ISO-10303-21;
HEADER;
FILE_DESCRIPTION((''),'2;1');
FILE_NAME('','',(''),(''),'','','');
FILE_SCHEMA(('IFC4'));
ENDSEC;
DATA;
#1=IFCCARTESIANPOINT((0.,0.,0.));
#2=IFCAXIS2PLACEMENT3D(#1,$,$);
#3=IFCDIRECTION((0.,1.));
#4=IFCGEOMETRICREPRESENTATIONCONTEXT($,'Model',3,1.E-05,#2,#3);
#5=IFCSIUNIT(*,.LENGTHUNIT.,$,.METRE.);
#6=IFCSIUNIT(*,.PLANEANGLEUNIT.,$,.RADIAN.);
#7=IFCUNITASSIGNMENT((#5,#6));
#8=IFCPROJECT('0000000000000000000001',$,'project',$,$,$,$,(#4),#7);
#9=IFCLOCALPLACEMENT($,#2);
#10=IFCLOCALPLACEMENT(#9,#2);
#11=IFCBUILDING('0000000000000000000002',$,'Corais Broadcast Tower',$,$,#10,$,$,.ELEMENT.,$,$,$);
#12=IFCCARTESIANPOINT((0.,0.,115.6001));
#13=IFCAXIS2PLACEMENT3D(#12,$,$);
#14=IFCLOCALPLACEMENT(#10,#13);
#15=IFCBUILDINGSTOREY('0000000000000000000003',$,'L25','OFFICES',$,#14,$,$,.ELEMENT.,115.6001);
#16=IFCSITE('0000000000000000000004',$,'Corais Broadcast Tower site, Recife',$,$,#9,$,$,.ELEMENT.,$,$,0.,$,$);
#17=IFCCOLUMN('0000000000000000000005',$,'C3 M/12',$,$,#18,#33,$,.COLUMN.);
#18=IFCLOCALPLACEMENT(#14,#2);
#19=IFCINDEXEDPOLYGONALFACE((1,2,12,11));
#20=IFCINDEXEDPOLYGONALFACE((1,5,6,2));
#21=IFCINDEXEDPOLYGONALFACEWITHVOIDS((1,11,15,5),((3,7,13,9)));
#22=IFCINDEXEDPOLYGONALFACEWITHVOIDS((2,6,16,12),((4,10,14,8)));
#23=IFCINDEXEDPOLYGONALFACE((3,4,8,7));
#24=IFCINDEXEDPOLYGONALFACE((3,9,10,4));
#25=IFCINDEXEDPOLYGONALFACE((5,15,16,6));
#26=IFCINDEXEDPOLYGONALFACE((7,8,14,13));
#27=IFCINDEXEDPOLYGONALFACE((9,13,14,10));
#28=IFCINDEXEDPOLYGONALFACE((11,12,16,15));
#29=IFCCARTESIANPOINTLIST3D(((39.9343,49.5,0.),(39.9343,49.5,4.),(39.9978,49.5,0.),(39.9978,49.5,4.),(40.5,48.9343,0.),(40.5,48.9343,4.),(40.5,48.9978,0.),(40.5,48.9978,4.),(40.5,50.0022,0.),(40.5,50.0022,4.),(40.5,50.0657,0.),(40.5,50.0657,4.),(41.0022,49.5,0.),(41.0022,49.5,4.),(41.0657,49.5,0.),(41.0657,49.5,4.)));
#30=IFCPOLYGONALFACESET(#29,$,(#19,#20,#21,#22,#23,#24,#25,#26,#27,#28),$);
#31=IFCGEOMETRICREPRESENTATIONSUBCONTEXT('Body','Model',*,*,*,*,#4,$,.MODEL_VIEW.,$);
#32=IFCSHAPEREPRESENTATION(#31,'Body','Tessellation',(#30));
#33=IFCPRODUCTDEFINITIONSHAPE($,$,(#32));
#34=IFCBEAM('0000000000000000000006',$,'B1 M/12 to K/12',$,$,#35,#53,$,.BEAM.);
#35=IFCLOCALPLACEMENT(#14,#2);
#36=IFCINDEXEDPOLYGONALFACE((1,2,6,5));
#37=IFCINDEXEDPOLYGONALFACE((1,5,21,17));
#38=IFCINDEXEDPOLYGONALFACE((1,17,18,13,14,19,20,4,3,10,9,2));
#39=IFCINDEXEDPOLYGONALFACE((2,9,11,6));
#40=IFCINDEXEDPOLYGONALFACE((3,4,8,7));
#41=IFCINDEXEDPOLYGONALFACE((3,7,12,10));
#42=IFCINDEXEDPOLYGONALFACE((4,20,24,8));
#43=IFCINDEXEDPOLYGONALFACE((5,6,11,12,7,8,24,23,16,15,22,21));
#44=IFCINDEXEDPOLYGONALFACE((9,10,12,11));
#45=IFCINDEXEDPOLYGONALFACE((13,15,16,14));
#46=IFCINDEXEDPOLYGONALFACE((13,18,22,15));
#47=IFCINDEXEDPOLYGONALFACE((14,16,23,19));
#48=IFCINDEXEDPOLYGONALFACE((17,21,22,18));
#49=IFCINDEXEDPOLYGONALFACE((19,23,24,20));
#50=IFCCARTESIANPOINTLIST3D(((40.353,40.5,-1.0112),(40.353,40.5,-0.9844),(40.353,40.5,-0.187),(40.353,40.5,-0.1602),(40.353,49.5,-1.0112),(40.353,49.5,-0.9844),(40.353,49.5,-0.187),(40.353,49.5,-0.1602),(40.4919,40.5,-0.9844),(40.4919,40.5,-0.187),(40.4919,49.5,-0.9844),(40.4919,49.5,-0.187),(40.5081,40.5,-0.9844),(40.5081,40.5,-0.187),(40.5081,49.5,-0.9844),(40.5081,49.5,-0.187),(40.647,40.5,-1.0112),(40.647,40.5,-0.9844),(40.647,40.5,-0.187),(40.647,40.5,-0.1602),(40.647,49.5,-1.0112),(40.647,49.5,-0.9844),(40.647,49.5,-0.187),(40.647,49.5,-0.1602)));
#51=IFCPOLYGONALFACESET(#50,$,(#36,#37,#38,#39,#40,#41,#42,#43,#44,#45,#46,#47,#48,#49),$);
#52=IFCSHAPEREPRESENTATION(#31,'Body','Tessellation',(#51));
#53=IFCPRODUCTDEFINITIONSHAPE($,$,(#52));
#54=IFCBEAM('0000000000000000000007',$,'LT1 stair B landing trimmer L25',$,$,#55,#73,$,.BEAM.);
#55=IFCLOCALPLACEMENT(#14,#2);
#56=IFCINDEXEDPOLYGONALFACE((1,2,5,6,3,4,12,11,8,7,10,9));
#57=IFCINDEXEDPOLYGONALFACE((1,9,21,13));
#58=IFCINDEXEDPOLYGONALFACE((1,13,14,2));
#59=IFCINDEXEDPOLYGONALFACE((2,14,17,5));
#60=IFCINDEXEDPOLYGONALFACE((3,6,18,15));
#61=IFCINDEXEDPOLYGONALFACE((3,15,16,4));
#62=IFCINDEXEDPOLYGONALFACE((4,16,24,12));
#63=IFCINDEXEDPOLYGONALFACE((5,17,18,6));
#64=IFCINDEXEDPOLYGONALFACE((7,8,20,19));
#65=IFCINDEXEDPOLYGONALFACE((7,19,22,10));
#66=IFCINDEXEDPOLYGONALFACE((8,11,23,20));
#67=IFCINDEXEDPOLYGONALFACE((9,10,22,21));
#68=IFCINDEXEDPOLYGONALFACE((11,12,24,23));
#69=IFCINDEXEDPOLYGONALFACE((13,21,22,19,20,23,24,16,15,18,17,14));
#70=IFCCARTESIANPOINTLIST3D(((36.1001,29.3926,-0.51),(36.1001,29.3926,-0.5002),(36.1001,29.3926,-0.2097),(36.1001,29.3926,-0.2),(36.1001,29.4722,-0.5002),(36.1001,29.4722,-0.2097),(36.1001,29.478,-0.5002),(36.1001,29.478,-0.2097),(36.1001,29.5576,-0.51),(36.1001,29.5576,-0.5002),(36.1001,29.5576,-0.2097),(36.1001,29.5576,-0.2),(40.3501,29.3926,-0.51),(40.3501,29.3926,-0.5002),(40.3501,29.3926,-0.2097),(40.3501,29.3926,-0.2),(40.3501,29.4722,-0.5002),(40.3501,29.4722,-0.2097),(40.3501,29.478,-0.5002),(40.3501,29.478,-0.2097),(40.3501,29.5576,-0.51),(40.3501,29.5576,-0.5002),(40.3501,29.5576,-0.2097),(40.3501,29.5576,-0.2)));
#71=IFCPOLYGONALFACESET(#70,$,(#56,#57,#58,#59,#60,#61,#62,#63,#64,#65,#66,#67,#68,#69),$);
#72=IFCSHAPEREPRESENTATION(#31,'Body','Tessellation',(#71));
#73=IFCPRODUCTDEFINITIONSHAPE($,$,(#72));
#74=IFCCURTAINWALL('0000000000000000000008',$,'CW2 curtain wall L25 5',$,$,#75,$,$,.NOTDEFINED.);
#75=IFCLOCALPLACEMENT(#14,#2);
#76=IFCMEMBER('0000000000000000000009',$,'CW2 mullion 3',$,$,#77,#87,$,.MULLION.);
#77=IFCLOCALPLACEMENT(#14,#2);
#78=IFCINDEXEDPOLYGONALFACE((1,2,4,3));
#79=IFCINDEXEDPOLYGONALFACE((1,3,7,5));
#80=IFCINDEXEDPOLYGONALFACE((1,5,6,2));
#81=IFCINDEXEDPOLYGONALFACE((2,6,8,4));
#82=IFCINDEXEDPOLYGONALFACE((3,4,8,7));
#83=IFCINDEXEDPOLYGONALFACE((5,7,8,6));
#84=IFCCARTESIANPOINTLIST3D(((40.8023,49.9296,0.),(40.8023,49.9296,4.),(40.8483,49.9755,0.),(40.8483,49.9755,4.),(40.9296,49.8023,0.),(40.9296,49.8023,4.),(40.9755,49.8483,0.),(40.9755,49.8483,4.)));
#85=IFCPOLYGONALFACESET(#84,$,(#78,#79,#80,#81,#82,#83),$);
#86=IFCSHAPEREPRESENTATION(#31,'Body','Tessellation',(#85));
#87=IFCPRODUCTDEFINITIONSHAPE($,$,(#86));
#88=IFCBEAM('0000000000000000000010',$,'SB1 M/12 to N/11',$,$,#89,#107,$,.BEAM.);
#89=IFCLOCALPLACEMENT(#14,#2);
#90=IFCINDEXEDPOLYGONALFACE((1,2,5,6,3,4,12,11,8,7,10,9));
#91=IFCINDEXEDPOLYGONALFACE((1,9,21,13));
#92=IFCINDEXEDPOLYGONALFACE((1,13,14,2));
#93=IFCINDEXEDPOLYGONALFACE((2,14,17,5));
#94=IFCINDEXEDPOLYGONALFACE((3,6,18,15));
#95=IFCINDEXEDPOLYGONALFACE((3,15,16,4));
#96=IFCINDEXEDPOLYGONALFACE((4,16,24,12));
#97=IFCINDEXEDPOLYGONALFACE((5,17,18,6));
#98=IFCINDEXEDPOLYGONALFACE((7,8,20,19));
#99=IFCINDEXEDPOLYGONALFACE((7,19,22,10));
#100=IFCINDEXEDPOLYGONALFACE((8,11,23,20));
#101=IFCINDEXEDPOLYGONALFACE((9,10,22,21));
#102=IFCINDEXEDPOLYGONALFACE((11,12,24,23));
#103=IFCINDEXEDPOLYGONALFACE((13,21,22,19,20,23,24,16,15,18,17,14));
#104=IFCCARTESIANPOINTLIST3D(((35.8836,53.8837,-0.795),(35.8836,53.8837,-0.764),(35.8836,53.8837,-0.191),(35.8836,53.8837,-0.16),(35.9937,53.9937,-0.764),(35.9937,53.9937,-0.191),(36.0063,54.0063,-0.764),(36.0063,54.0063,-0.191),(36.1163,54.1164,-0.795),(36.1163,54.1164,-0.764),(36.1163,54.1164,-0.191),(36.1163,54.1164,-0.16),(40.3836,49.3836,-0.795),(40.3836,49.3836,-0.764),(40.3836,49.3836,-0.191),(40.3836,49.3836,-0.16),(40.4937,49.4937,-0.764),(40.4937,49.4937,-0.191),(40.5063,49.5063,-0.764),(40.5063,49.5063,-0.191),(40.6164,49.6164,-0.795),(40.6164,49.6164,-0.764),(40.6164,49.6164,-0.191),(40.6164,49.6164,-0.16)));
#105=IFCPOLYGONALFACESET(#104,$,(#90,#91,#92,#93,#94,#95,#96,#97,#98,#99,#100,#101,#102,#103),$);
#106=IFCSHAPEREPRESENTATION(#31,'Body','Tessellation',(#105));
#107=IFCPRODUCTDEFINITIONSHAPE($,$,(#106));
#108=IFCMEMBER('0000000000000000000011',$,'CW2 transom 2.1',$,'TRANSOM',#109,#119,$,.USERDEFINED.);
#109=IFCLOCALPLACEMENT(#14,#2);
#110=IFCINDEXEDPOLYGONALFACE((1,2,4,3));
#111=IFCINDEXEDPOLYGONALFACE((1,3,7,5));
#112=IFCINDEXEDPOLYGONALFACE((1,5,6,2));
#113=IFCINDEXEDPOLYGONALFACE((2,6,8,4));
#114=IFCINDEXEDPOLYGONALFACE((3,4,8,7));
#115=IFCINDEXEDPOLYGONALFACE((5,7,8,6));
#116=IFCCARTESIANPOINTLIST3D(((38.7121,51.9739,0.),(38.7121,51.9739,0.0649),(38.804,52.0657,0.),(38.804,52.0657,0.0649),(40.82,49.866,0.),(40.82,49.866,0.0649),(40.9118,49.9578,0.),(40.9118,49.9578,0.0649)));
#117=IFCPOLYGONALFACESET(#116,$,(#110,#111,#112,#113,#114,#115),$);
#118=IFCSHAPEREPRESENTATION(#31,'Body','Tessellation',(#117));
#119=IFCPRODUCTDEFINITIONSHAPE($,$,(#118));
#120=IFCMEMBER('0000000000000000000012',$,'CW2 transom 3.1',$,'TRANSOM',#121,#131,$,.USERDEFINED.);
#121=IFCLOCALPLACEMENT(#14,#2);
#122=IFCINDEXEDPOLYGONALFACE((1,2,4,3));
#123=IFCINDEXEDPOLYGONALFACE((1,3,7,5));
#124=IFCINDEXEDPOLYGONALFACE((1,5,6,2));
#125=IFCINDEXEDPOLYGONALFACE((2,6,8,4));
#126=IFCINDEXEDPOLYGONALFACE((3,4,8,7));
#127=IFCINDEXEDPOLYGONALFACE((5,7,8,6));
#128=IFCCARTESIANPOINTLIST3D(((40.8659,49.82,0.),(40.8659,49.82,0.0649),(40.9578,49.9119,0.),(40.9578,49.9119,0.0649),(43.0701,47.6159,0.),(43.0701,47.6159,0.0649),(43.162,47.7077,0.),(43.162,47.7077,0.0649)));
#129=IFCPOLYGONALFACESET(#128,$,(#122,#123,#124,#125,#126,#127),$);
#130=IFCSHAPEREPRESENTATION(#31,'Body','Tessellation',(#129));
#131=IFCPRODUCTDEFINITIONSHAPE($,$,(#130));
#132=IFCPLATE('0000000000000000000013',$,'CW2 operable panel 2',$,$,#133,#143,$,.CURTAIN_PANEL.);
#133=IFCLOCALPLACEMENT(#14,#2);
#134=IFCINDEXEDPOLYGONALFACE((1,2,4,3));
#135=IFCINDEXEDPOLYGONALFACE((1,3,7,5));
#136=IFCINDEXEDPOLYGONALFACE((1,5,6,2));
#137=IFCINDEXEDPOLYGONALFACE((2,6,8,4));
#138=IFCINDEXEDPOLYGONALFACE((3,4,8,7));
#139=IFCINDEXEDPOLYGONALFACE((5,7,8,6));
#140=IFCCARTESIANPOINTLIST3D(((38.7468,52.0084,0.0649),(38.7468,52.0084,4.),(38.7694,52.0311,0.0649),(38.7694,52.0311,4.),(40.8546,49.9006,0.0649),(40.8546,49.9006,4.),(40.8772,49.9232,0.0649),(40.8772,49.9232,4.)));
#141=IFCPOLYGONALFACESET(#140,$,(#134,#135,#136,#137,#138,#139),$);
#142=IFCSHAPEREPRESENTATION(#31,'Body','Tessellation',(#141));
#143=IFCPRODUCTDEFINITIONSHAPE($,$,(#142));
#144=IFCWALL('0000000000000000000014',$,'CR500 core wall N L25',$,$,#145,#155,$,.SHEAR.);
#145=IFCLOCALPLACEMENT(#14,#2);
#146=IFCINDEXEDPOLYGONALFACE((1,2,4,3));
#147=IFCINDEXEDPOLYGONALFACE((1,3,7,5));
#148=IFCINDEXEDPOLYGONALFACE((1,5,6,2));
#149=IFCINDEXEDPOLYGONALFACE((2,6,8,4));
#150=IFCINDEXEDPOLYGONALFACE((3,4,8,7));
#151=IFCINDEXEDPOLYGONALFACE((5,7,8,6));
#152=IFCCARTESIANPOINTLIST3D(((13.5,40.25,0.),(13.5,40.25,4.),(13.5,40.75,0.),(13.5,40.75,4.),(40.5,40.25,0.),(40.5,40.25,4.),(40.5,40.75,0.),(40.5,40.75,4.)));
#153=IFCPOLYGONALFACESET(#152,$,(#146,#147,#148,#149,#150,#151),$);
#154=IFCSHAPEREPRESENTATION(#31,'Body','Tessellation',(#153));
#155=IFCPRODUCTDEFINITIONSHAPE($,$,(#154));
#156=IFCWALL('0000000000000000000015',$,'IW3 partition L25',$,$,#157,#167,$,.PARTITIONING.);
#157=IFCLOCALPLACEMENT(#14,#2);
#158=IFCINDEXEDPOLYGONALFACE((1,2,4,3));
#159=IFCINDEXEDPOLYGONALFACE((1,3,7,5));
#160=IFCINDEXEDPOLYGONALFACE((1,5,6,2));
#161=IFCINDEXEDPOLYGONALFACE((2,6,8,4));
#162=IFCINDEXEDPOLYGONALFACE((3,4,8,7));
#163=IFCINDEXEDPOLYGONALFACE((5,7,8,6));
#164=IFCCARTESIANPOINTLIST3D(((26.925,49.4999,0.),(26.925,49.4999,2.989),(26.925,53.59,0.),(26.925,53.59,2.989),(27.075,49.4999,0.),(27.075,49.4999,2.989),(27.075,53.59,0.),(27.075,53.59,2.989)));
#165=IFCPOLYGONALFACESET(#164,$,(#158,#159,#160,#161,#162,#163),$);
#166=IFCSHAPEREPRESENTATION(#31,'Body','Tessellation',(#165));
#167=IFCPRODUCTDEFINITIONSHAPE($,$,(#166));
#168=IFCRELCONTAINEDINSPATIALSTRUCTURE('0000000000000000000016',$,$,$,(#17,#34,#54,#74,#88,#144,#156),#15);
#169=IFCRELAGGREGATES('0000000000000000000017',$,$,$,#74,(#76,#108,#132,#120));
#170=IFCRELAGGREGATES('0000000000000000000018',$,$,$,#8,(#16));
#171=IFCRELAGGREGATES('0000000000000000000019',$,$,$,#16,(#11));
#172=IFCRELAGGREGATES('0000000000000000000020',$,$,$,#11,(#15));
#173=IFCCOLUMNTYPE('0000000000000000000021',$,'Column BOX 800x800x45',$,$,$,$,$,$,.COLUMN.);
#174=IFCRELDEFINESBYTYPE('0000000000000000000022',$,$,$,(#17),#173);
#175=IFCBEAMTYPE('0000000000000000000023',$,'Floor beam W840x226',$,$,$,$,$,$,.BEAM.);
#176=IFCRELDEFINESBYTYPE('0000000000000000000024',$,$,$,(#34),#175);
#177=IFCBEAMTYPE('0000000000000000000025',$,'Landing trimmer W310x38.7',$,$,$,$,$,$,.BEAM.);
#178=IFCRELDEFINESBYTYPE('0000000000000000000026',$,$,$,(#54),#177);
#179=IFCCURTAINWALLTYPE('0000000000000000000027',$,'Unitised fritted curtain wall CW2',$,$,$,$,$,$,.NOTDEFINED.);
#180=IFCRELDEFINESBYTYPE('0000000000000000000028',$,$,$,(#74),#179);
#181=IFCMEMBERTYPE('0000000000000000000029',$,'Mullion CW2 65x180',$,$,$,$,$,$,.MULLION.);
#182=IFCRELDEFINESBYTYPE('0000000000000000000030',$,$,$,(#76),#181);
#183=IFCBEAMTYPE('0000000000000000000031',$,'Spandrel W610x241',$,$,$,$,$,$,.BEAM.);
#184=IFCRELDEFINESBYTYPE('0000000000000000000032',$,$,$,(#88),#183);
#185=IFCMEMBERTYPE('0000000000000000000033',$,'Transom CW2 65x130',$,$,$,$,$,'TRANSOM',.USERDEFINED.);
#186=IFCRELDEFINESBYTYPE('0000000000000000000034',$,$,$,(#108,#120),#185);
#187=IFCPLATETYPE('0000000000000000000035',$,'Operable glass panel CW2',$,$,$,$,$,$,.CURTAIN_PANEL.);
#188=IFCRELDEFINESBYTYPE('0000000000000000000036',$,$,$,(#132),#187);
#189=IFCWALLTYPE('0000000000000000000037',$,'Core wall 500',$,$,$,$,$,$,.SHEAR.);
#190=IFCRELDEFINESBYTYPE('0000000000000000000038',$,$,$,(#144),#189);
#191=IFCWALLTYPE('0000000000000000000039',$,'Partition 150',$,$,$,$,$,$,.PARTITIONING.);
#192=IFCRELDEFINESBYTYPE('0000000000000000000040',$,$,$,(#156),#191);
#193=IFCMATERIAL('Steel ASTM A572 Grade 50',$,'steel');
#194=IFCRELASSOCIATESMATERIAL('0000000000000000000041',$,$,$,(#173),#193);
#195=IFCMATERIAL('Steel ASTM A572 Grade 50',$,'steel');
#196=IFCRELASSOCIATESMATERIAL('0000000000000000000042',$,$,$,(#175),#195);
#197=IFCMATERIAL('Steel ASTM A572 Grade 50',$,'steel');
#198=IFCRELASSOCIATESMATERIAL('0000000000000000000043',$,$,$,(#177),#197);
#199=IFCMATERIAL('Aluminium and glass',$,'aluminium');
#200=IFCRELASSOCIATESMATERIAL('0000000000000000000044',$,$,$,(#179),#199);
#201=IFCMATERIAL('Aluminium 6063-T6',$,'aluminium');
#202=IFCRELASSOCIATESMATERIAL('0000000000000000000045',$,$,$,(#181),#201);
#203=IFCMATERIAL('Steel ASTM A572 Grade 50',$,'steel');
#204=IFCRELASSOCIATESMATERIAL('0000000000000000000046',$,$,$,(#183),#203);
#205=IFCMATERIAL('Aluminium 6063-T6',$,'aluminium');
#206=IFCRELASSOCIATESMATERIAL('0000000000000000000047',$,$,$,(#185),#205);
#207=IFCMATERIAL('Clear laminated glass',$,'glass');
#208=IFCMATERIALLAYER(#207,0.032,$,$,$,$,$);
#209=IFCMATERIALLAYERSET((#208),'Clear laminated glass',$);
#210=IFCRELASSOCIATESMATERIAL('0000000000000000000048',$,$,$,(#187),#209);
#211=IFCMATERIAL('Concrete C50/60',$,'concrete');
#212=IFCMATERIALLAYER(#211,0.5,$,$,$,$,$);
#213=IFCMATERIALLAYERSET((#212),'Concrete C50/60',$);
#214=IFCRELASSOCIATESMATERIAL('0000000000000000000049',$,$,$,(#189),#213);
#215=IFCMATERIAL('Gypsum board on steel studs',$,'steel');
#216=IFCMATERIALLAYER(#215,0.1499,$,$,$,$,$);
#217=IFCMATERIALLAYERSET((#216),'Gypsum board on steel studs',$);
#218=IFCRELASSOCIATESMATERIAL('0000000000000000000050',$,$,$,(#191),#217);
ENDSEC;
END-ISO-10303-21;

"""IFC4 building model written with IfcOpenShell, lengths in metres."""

from ifc_helpers import new_model, si_unit, direction, frame, frame_2d, origin, origin_2d, place, context, subcontext, project, spatial, rectangle, hollow_rectangle, i_section, extrude, material, layer, layer_set, material_profile, profile_set, type_object, element, aggregate, save


model = new_model("IFC4")

# Units and contexts
model_context = context("Model", 3, precision=1e-05, world=origin(), true_north=direction((0.0, 1.0)))
body_context = subcontext(model_context, "Body", "Model", "MODEL_VIEW")
ifc_project = project(units=[si_unit("LENGTHUNIT", "METRE"), si_unit("PLANEANGLEUNIT", "RADIAN")], contexts=[model_context])

# Site, building, storey
site_placement = place(None, origin())
site = spatial("IfcSite", under=ifc_project, at=site_placement, Name="Corais Broadcast Tower site, Recife", CompositionType="ELEMENT", RefElevation=0.0)
building_placement = place(site_placement, origin())
building = spatial("IfcBuilding", under=site, at=building_placement, Name="Corais Broadcast Tower", CompositionType="ELEMENT")
storey_placement = place(building_placement, frame((0.0, 0.0, 115.6001)))
storey = spatial("IfcBuildingStorey", under=building, at=storey_placement, Name="L25", Description="OFFICES", CompositionType="ELEMENT", Elevation=115.6001)

# Column
ifc_material_1 = material(Name="Steel ASTM A572 Grade 50", Category="steel")
ifc_material_profile_1 = material_profile(ifc_material_1, hollow_rectangle(XDim=0.8, YDim=0.8, WallThickness=0.0449, at=origin_2d()), Name="BOX 800x800x45")
ifc_profile_set_1 = profile_set([ifc_material_profile_1], Name="Steel ASTM A572 Grade 50")
column_type = type_object("IfcColumnType", Name="Column BOX 800x800x45", PredefinedType="COLUMN", material=ifc_profile_set_1)
column_placement = place(storey_placement, frame((40.5, 49.5, 0.0), z_axis=(0.0, 0.0, 1.0), x_axis=(0.707107, 0.707107, 0.0)))
element("IfcColumn", 1, at=column_placement, inside=storey, type_object=column_type, Name="C3 M/12", PredefinedType="COLUMN", context=body_context, shape_type="SweptSolid", body=[
    extrude(hollow_rectangle(XDim=0.8, YDim=0.8, WallThickness=0.0449, at=origin_2d()), origin(), (0.0, 0.0, 1.0), 4.0),
])

# Beams
ifc_material_2 = material(Name="Steel ASTM A572 Grade 50", Category="steel")
ifc_material_profile_2 = material_profile(ifc_material_2, i_section(OverallWidth=0.2939, OverallDepth=0.8511, WebThickness=0.0161, FlangeThickness=0.0269, at=origin_2d()), Name="W840x226")
ifc_profile_set_2 = profile_set([ifc_material_profile_2], Name="Steel ASTM A572 Grade 50")
beam_type_1 = type_object("IfcBeamType", Name="Floor beam W840x226", PredefinedType="BEAM", material=ifc_profile_set_2)
beam_1_placement = place(storey_placement, frame((40.5, 49.5, -0.5857), z_axis=(0.0, -1.0, 0.0), x_axis=(1.0, 0.0, 0.0)))
element("IfcBeam", 2, at=beam_1_placement, inside=storey, type_object=beam_type_1, Name="B1 M/12 to K/12", PredefinedType="BEAM", context=body_context, shape_type="SweptSolid", body=[
    extrude(i_section(OverallWidth=0.2939, OverallDepth=0.8511, WebThickness=0.0161, FlangeThickness=0.0269, at=origin_2d()), origin(), (0.0, 0.0, 1.0), 9.0),
])
ifc_material_3 = material(Name="Steel ASTM A572 Grade 50", Category="steel")
ifc_material_profile_3 = material_profile(ifc_material_3, i_section(OverallWidth=0.165, OverallDepth=0.3101, WebThickness=0.0059, FlangeThickness=0.0098, at=origin_2d()), Name="W310x38.7")
ifc_profile_set_3 = profile_set([ifc_material_profile_3], Name="Steel ASTM A572 Grade 50")
beam_type_2 = type_object("IfcBeamType", Name="Landing trimmer W310x38.7", PredefinedType="BEAM", material=ifc_profile_set_3)
beam_2_placement = place(storey_placement, frame((36.1001, 29.4751, -0.355), z_axis=(1.0, 0.0, 0.0), x_axis=(0.0, 1.0, 0.0)))
element("IfcBeam", 3, at=beam_2_placement, inside=storey, type_object=beam_type_2, Name="LT1 stair B landing trimmer L25", PredefinedType="BEAM", context=body_context, shape_type="SweptSolid", body=[
    extrude(i_section(OverallWidth=0.165, OverallDepth=0.3101, WebThickness=0.0059, FlangeThickness=0.0098, at=origin_2d()), origin(), (0.0, 0.0, 1.0), 4.25),
])

# Curtain wall, member
ifc_material_4 = material(Name="Aluminium and glass", Category="aluminium")
curtain_wall_type = type_object("IfcCurtainWallType", Name="Unitised fritted curtain wall CW2", PredefinedType="NOTDEFINED", material=ifc_material_4)
curtain_wall_placement = place(storey_placement, origin())
curtain_wall = element("IfcCurtainWall", 4, at=curtain_wall_placement, inside=storey, type_object=curtain_wall_type, Name="CW2 curtain wall L25 5", PredefinedType="NOTDEFINED")
ifc_material_5 = material(Name="Aluminium 6063-T6", Category="aluminium")
ifc_material_profile_4 = material_profile(ifc_material_5, rectangle(XDim=0.0649, YDim=0.1799, at=origin_2d()), Name="Mullion CW2 65x180")
ifc_profile_set_4 = profile_set([ifc_material_profile_4], Name="Aluminium 6063-T6")
member_type_1 = type_object("IfcMemberType", Name="Mullion CW2 65x180", PredefinedType="MULLION", material=ifc_profile_set_4)
member_1_placement = place(storey_placement, frame((40.8889, 49.8889, 0.0), z_axis=(0.0, 0.0, 1.0), x_axis=(0.707107, 0.707107, 0.0)))
member_1 = element("IfcMember", 5, at=member_1_placement, type_object=member_type_1, Name="CW2 mullion 3", PredefinedType="MULLION", context=body_context, shape_type="SweptSolid", body=[
    extrude(rectangle(XDim=0.0649, YDim=0.1799, at=origin_2d()), origin(), (0.0, 0.0, 1.0), 4.0),
])

# Beam
ifc_material_6 = material(Name="Steel ASTM A572 Grade 50", Category="steel")
ifc_material_profile_5 = material_profile(ifc_material_6, i_section(OverallWidth=0.3291, OverallDepth=0.635, WebThickness=0.0178, FlangeThickness=0.031, at=origin_2d()), Name="W610x241")
ifc_profile_set_5 = profile_set([ifc_material_profile_5], Name="Steel ASTM A572 Grade 50")
beam_type_3 = type_object("IfcBeamType", Name="Spandrel W610x241", PredefinedType="BEAM", material=ifc_profile_set_5)
beam_3_placement = place(storey_placement, frame((40.5, 49.5, -0.4775), z_axis=(-0.707107, 0.707107, 0.0), x_axis=(-0.707107, -0.707107, 0.0)))
element("IfcBeam", 6, at=beam_3_placement, inside=storey, type_object=beam_type_3, Name="SB1 M/12 to N/11", PredefinedType="BEAM", context=body_context, shape_type="SweptSolid", body=[
    extrude(i_section(OverallWidth=0.3291, OverallDepth=0.635, WebThickness=0.0178, FlangeThickness=0.031, at=origin_2d()), origin(), (0.0, 0.0, 1.0), 6.364),
])

# Members
ifc_material_7 = material(Name="Aluminium 6063-T6", Category="aluminium")
ifc_material_profile_6 = material_profile(ifc_material_7, rectangle(XDim=0.1299, YDim=0.0649, at=origin_2d()), Name="Transom CW2 65x130")
ifc_profile_set_6 = profile_set([ifc_material_profile_6], Name="Aluminium 6063-T6")
member_type_2 = type_object("IfcMemberType", Name="Transom CW2 65x130", ElementType="TRANSOM", PredefinedType="USERDEFINED", material=ifc_profile_set_6)
member_2_placement = place(storey_placement, frame((38.7581, 52.0198, 0.0325), z_axis=(0.707107, -0.707107, 0.0), x_axis=(0.707107, 0.707107, 0.0)))
member_2 = element("IfcMember", 7, at=member_2_placement, type_object=member_type_2, Name="CW2 transom 2.1", ObjectType="TRANSOM", PredefinedType="USERDEFINED", context=body_context, shape_type="SweptSolid", body=[
    extrude(rectangle(XDim=0.1299, YDim=0.0649, at=origin_2d()), origin(), (0.0, 0.0, 1.0), 2.981),
])
member_3_placement = place(storey_placement, frame((40.9119, 49.866, 0.0325), z_axis=(0.707107, -0.707107, 0.0), x_axis=(0.707107, 0.707107, 0.0)))
member_3 = element("IfcMember", 8, at=member_3_placement, type_object=member_type_2, Name="CW2 transom 3.1", ObjectType="TRANSOM", PredefinedType="USERDEFINED", context=body_context, shape_type="SweptSolid", body=[
    extrude(rectangle(XDim=0.1299, YDim=0.0649, at=origin_2d()), origin(), (0.0, 0.0, 1.0), 3.1172),
])

# Plate
ifc_material_8 = material(Name="Clear laminated glass", Category="glass")
ifc_layer_1 = layer(ifc_material_8, 0.032)
ifc_layer_set_1 = layer_set([ifc_layer_1], Name="Clear laminated glass")
plate_type = type_object("IfcPlateType", Name="Operable glass panel CW2", PredefinedType="CURTAIN_PANEL", material=ifc_layer_set_1)
plate_placement = place(storey_placement, frame((39.812, 50.9658, 0.0649), z_axis=(0.0, 0.0, 1.0), x_axis=(0.707107, -0.707107, 0.0)))
plate = element("IfcPlate", 9, at=plate_placement, type_object=plate_type, Name="CW2 operable panel 2", PredefinedType="CURTAIN_PANEL", context=body_context, shape_type="SweptSolid", body=[
    extrude(rectangle(XDim=2.981, YDim=0.032, at=origin_2d()), origin(), (0.0, 0.0, 1.0), 3.9351),
])
aggregate(curtain_wall, [member_1, member_2, plate, member_3])

# Walls
ifc_material_9 = material(Name="Concrete C50/60", Category="concrete")
ifc_layer_2 = layer(ifc_material_9, 0.5)
ifc_layer_set_2 = layer_set([ifc_layer_2], Name="Concrete C50/60")
wall_type_1 = type_object("IfcWallType", Name="Core wall 500", PredefinedType="SHEAR", material=ifc_layer_set_2)
wall_1_placement = place(storey_placement, frame((40.5, 40.5, 0.0), z_axis=(0.0, 0.0, 1.0), x_axis=(-1.0, 0.0, 0.0)))
element("IfcWall", 10, at=wall_1_placement, inside=storey, type_object=wall_type_1, Name="CR500 core wall N L25", PredefinedType="SHEAR", context=body_context, shape_type="SweptSolid", body=[
    extrude(rectangle(XDim=27.0, YDim=0.5, at=frame_2d((13.5, 0.0))), origin(), (0.0, 0.0, 1.0), 4.0),
])
ifc_material_10 = material(Name="Gypsum board on steel studs", Category="steel")
ifc_layer_3 = layer(ifc_material_10, 0.1499)
ifc_layer_set_3 = layer_set([ifc_layer_3], Name="Gypsum board on steel studs")
wall_type_2 = type_object("IfcWallType", Name="Partition 150", PredefinedType="PARTITIONING", material=ifc_layer_set_3)
wall_2_placement = place(storey_placement, frame((27.0, 49.5, 0.0), z_axis=(0.0, 0.0, 1.0), x_axis=(0.0, 1.0, 0.0)))
element("IfcWall", 11, at=wall_2_placement, inside=storey, type_object=wall_type_2, Name="IW3 partition L25", PredefinedType="PARTITIONING", context=body_context, shape_type="SweptSolid", body=[
    extrude(rectangle(XDim=4.0901, YDim=0.1499, at=frame_2d((2.0449, 0.0))), origin(), (0.0, 0.0, 1.0), 2.989),
])

save(model, "model.ifc")
